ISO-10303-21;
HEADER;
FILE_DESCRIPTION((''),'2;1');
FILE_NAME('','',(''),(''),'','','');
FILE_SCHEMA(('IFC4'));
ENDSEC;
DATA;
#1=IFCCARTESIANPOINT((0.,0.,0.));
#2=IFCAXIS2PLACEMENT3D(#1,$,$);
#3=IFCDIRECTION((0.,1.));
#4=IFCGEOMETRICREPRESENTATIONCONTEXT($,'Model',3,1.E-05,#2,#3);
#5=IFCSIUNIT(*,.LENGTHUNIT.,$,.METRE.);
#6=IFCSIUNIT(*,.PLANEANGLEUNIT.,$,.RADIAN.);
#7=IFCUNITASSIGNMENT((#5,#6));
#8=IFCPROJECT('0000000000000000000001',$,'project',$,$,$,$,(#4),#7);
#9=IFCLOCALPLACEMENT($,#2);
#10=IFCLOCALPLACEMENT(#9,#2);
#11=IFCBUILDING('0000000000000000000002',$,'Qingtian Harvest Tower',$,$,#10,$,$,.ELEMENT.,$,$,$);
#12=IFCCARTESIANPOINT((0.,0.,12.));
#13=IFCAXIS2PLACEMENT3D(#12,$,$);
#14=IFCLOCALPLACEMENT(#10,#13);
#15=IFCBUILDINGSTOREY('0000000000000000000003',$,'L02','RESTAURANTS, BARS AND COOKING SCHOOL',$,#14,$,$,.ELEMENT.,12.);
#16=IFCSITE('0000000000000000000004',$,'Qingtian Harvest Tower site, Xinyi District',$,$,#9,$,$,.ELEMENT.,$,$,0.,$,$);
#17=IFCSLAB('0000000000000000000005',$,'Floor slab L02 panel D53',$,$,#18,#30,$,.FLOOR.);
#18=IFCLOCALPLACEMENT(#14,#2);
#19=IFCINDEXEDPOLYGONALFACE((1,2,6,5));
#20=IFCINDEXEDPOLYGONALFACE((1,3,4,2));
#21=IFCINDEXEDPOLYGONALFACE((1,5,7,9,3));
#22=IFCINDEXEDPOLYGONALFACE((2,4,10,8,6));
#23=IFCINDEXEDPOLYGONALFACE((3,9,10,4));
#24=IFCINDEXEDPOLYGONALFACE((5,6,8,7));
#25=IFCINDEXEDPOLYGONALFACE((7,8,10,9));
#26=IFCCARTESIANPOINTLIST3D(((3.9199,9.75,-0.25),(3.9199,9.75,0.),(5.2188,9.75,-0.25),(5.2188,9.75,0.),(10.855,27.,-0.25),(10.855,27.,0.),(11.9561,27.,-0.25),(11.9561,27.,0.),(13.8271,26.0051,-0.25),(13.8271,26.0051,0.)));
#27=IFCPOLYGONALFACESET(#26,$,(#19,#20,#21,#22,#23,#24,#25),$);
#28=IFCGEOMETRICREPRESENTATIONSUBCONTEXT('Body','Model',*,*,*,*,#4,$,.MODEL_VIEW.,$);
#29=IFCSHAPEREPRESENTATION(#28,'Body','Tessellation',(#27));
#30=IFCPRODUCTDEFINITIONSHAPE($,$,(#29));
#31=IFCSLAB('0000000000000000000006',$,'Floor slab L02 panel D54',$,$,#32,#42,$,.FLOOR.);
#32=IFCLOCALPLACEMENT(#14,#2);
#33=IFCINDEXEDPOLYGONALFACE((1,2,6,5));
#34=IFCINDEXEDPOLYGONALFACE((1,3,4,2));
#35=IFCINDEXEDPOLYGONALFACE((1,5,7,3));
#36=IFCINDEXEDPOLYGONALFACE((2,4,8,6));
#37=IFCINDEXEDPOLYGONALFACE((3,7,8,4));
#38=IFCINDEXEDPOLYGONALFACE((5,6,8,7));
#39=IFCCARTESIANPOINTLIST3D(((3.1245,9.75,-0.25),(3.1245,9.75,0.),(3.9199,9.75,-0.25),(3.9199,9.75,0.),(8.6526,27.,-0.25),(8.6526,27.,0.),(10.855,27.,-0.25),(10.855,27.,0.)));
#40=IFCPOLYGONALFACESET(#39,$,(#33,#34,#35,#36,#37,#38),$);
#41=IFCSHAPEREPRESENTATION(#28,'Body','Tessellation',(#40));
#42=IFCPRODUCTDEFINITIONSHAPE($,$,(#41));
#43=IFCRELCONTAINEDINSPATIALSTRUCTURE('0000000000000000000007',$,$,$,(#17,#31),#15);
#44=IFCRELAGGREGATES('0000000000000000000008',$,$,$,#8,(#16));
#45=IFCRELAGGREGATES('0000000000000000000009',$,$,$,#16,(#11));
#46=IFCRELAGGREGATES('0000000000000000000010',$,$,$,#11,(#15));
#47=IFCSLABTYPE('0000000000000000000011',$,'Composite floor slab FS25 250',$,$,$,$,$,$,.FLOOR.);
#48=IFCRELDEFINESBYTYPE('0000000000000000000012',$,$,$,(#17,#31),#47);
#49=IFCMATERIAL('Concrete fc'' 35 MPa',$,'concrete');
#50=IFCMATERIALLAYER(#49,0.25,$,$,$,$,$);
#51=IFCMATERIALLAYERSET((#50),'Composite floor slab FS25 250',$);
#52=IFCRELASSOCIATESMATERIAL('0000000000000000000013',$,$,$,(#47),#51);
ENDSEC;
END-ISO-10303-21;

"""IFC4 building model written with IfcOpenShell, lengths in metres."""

from ifc_helpers import new_model, si_unit, direction, frame, origin, place, context, subcontext, project, spatial, polyline, outline, extrude, material, layer, layer_set, type_object, element, save


model = new_model("IFC4")

# Units and contexts
model_context = context("Model", 3, precision=1e-05, world=origin(), true_north=direction((0.0, 1.0)))
body_context = subcontext(model_context, "Body", "Model", "MODEL_VIEW")
ifc_project = project(units=[si_unit("LENGTHUNIT", "METRE"), si_unit("PLANEANGLEUNIT", "RADIAN")], contexts=[model_context])

# Site, building, storey
site_placement = place(None, origin())
site = spatial("IfcSite", under=ifc_project, at=site_placement, Name="Qingtian Harvest Tower site, Xinyi District", CompositionType="ELEMENT", RefElevation=0.0)
building_placement = place(site_placement, origin())
building = spatial("IfcBuilding", under=site, at=building_placement, Name="Qingtian Harvest Tower", CompositionType="ELEMENT")
storey_placement = place(building_placement, frame((0.0, 0.0, 12.0)))
storey = spatial("IfcBuildingStorey", under=building, at=storey_placement, Name="L02", Description="RESTAURANTS, BARS AND COOKING SCHOOL", CompositionType="ELEMENT", Elevation=12.0)

# Slabs
ifc_material = material(Name="Concrete fc' 35 MPa", Category="concrete")
ifc_layer = layer(ifc_material, 0.25)
ifc_layer_set = layer_set([ifc_layer], Name="Composite floor slab FS25 250")
slab_type = type_object("IfcSlabType", Name="Composite floor slab FS25 250", PredefinedType="FLOOR", material=ifc_layer_set)
slab_1_placement = place(storey_placement, frame((0.0, 0.0, -0.25)))
element("IfcSlab", 1, at=slab_1_placement, inside=storey, type_object=slab_type, Name="Floor slab L02 panel D53", PredefinedType="FLOOR", context=body_context, shape_type="SweptSolid", body=[
    extrude(outline(polyline([(3.9199, 9.75), (10.855, 27.0), (11.9561, 27.0), (13.8271, 26.0051), (5.2188, 9.75), (3.9199, 9.75)])), origin(), (0.0, 0.0, 1.0), 0.25),
])
slab_2_placement = place(storey_placement, frame((0.0, 0.0, -0.25)))
element("IfcSlab", 2, at=slab_2_placement, inside=storey, type_object=slab_type, Name="Floor slab L02 panel D54", PredefinedType="FLOOR", context=body_context, shape_type="SweptSolid", body=[
    extrude(outline(polyline([(3.1245, 9.75), (8.6526, 27.0), (10.855, 27.0), (3.9199, 9.75), (3.1245, 9.75)])), origin(), (0.0, 0.0, 1.0), 0.25),
])

save(model, "model.ifc")
